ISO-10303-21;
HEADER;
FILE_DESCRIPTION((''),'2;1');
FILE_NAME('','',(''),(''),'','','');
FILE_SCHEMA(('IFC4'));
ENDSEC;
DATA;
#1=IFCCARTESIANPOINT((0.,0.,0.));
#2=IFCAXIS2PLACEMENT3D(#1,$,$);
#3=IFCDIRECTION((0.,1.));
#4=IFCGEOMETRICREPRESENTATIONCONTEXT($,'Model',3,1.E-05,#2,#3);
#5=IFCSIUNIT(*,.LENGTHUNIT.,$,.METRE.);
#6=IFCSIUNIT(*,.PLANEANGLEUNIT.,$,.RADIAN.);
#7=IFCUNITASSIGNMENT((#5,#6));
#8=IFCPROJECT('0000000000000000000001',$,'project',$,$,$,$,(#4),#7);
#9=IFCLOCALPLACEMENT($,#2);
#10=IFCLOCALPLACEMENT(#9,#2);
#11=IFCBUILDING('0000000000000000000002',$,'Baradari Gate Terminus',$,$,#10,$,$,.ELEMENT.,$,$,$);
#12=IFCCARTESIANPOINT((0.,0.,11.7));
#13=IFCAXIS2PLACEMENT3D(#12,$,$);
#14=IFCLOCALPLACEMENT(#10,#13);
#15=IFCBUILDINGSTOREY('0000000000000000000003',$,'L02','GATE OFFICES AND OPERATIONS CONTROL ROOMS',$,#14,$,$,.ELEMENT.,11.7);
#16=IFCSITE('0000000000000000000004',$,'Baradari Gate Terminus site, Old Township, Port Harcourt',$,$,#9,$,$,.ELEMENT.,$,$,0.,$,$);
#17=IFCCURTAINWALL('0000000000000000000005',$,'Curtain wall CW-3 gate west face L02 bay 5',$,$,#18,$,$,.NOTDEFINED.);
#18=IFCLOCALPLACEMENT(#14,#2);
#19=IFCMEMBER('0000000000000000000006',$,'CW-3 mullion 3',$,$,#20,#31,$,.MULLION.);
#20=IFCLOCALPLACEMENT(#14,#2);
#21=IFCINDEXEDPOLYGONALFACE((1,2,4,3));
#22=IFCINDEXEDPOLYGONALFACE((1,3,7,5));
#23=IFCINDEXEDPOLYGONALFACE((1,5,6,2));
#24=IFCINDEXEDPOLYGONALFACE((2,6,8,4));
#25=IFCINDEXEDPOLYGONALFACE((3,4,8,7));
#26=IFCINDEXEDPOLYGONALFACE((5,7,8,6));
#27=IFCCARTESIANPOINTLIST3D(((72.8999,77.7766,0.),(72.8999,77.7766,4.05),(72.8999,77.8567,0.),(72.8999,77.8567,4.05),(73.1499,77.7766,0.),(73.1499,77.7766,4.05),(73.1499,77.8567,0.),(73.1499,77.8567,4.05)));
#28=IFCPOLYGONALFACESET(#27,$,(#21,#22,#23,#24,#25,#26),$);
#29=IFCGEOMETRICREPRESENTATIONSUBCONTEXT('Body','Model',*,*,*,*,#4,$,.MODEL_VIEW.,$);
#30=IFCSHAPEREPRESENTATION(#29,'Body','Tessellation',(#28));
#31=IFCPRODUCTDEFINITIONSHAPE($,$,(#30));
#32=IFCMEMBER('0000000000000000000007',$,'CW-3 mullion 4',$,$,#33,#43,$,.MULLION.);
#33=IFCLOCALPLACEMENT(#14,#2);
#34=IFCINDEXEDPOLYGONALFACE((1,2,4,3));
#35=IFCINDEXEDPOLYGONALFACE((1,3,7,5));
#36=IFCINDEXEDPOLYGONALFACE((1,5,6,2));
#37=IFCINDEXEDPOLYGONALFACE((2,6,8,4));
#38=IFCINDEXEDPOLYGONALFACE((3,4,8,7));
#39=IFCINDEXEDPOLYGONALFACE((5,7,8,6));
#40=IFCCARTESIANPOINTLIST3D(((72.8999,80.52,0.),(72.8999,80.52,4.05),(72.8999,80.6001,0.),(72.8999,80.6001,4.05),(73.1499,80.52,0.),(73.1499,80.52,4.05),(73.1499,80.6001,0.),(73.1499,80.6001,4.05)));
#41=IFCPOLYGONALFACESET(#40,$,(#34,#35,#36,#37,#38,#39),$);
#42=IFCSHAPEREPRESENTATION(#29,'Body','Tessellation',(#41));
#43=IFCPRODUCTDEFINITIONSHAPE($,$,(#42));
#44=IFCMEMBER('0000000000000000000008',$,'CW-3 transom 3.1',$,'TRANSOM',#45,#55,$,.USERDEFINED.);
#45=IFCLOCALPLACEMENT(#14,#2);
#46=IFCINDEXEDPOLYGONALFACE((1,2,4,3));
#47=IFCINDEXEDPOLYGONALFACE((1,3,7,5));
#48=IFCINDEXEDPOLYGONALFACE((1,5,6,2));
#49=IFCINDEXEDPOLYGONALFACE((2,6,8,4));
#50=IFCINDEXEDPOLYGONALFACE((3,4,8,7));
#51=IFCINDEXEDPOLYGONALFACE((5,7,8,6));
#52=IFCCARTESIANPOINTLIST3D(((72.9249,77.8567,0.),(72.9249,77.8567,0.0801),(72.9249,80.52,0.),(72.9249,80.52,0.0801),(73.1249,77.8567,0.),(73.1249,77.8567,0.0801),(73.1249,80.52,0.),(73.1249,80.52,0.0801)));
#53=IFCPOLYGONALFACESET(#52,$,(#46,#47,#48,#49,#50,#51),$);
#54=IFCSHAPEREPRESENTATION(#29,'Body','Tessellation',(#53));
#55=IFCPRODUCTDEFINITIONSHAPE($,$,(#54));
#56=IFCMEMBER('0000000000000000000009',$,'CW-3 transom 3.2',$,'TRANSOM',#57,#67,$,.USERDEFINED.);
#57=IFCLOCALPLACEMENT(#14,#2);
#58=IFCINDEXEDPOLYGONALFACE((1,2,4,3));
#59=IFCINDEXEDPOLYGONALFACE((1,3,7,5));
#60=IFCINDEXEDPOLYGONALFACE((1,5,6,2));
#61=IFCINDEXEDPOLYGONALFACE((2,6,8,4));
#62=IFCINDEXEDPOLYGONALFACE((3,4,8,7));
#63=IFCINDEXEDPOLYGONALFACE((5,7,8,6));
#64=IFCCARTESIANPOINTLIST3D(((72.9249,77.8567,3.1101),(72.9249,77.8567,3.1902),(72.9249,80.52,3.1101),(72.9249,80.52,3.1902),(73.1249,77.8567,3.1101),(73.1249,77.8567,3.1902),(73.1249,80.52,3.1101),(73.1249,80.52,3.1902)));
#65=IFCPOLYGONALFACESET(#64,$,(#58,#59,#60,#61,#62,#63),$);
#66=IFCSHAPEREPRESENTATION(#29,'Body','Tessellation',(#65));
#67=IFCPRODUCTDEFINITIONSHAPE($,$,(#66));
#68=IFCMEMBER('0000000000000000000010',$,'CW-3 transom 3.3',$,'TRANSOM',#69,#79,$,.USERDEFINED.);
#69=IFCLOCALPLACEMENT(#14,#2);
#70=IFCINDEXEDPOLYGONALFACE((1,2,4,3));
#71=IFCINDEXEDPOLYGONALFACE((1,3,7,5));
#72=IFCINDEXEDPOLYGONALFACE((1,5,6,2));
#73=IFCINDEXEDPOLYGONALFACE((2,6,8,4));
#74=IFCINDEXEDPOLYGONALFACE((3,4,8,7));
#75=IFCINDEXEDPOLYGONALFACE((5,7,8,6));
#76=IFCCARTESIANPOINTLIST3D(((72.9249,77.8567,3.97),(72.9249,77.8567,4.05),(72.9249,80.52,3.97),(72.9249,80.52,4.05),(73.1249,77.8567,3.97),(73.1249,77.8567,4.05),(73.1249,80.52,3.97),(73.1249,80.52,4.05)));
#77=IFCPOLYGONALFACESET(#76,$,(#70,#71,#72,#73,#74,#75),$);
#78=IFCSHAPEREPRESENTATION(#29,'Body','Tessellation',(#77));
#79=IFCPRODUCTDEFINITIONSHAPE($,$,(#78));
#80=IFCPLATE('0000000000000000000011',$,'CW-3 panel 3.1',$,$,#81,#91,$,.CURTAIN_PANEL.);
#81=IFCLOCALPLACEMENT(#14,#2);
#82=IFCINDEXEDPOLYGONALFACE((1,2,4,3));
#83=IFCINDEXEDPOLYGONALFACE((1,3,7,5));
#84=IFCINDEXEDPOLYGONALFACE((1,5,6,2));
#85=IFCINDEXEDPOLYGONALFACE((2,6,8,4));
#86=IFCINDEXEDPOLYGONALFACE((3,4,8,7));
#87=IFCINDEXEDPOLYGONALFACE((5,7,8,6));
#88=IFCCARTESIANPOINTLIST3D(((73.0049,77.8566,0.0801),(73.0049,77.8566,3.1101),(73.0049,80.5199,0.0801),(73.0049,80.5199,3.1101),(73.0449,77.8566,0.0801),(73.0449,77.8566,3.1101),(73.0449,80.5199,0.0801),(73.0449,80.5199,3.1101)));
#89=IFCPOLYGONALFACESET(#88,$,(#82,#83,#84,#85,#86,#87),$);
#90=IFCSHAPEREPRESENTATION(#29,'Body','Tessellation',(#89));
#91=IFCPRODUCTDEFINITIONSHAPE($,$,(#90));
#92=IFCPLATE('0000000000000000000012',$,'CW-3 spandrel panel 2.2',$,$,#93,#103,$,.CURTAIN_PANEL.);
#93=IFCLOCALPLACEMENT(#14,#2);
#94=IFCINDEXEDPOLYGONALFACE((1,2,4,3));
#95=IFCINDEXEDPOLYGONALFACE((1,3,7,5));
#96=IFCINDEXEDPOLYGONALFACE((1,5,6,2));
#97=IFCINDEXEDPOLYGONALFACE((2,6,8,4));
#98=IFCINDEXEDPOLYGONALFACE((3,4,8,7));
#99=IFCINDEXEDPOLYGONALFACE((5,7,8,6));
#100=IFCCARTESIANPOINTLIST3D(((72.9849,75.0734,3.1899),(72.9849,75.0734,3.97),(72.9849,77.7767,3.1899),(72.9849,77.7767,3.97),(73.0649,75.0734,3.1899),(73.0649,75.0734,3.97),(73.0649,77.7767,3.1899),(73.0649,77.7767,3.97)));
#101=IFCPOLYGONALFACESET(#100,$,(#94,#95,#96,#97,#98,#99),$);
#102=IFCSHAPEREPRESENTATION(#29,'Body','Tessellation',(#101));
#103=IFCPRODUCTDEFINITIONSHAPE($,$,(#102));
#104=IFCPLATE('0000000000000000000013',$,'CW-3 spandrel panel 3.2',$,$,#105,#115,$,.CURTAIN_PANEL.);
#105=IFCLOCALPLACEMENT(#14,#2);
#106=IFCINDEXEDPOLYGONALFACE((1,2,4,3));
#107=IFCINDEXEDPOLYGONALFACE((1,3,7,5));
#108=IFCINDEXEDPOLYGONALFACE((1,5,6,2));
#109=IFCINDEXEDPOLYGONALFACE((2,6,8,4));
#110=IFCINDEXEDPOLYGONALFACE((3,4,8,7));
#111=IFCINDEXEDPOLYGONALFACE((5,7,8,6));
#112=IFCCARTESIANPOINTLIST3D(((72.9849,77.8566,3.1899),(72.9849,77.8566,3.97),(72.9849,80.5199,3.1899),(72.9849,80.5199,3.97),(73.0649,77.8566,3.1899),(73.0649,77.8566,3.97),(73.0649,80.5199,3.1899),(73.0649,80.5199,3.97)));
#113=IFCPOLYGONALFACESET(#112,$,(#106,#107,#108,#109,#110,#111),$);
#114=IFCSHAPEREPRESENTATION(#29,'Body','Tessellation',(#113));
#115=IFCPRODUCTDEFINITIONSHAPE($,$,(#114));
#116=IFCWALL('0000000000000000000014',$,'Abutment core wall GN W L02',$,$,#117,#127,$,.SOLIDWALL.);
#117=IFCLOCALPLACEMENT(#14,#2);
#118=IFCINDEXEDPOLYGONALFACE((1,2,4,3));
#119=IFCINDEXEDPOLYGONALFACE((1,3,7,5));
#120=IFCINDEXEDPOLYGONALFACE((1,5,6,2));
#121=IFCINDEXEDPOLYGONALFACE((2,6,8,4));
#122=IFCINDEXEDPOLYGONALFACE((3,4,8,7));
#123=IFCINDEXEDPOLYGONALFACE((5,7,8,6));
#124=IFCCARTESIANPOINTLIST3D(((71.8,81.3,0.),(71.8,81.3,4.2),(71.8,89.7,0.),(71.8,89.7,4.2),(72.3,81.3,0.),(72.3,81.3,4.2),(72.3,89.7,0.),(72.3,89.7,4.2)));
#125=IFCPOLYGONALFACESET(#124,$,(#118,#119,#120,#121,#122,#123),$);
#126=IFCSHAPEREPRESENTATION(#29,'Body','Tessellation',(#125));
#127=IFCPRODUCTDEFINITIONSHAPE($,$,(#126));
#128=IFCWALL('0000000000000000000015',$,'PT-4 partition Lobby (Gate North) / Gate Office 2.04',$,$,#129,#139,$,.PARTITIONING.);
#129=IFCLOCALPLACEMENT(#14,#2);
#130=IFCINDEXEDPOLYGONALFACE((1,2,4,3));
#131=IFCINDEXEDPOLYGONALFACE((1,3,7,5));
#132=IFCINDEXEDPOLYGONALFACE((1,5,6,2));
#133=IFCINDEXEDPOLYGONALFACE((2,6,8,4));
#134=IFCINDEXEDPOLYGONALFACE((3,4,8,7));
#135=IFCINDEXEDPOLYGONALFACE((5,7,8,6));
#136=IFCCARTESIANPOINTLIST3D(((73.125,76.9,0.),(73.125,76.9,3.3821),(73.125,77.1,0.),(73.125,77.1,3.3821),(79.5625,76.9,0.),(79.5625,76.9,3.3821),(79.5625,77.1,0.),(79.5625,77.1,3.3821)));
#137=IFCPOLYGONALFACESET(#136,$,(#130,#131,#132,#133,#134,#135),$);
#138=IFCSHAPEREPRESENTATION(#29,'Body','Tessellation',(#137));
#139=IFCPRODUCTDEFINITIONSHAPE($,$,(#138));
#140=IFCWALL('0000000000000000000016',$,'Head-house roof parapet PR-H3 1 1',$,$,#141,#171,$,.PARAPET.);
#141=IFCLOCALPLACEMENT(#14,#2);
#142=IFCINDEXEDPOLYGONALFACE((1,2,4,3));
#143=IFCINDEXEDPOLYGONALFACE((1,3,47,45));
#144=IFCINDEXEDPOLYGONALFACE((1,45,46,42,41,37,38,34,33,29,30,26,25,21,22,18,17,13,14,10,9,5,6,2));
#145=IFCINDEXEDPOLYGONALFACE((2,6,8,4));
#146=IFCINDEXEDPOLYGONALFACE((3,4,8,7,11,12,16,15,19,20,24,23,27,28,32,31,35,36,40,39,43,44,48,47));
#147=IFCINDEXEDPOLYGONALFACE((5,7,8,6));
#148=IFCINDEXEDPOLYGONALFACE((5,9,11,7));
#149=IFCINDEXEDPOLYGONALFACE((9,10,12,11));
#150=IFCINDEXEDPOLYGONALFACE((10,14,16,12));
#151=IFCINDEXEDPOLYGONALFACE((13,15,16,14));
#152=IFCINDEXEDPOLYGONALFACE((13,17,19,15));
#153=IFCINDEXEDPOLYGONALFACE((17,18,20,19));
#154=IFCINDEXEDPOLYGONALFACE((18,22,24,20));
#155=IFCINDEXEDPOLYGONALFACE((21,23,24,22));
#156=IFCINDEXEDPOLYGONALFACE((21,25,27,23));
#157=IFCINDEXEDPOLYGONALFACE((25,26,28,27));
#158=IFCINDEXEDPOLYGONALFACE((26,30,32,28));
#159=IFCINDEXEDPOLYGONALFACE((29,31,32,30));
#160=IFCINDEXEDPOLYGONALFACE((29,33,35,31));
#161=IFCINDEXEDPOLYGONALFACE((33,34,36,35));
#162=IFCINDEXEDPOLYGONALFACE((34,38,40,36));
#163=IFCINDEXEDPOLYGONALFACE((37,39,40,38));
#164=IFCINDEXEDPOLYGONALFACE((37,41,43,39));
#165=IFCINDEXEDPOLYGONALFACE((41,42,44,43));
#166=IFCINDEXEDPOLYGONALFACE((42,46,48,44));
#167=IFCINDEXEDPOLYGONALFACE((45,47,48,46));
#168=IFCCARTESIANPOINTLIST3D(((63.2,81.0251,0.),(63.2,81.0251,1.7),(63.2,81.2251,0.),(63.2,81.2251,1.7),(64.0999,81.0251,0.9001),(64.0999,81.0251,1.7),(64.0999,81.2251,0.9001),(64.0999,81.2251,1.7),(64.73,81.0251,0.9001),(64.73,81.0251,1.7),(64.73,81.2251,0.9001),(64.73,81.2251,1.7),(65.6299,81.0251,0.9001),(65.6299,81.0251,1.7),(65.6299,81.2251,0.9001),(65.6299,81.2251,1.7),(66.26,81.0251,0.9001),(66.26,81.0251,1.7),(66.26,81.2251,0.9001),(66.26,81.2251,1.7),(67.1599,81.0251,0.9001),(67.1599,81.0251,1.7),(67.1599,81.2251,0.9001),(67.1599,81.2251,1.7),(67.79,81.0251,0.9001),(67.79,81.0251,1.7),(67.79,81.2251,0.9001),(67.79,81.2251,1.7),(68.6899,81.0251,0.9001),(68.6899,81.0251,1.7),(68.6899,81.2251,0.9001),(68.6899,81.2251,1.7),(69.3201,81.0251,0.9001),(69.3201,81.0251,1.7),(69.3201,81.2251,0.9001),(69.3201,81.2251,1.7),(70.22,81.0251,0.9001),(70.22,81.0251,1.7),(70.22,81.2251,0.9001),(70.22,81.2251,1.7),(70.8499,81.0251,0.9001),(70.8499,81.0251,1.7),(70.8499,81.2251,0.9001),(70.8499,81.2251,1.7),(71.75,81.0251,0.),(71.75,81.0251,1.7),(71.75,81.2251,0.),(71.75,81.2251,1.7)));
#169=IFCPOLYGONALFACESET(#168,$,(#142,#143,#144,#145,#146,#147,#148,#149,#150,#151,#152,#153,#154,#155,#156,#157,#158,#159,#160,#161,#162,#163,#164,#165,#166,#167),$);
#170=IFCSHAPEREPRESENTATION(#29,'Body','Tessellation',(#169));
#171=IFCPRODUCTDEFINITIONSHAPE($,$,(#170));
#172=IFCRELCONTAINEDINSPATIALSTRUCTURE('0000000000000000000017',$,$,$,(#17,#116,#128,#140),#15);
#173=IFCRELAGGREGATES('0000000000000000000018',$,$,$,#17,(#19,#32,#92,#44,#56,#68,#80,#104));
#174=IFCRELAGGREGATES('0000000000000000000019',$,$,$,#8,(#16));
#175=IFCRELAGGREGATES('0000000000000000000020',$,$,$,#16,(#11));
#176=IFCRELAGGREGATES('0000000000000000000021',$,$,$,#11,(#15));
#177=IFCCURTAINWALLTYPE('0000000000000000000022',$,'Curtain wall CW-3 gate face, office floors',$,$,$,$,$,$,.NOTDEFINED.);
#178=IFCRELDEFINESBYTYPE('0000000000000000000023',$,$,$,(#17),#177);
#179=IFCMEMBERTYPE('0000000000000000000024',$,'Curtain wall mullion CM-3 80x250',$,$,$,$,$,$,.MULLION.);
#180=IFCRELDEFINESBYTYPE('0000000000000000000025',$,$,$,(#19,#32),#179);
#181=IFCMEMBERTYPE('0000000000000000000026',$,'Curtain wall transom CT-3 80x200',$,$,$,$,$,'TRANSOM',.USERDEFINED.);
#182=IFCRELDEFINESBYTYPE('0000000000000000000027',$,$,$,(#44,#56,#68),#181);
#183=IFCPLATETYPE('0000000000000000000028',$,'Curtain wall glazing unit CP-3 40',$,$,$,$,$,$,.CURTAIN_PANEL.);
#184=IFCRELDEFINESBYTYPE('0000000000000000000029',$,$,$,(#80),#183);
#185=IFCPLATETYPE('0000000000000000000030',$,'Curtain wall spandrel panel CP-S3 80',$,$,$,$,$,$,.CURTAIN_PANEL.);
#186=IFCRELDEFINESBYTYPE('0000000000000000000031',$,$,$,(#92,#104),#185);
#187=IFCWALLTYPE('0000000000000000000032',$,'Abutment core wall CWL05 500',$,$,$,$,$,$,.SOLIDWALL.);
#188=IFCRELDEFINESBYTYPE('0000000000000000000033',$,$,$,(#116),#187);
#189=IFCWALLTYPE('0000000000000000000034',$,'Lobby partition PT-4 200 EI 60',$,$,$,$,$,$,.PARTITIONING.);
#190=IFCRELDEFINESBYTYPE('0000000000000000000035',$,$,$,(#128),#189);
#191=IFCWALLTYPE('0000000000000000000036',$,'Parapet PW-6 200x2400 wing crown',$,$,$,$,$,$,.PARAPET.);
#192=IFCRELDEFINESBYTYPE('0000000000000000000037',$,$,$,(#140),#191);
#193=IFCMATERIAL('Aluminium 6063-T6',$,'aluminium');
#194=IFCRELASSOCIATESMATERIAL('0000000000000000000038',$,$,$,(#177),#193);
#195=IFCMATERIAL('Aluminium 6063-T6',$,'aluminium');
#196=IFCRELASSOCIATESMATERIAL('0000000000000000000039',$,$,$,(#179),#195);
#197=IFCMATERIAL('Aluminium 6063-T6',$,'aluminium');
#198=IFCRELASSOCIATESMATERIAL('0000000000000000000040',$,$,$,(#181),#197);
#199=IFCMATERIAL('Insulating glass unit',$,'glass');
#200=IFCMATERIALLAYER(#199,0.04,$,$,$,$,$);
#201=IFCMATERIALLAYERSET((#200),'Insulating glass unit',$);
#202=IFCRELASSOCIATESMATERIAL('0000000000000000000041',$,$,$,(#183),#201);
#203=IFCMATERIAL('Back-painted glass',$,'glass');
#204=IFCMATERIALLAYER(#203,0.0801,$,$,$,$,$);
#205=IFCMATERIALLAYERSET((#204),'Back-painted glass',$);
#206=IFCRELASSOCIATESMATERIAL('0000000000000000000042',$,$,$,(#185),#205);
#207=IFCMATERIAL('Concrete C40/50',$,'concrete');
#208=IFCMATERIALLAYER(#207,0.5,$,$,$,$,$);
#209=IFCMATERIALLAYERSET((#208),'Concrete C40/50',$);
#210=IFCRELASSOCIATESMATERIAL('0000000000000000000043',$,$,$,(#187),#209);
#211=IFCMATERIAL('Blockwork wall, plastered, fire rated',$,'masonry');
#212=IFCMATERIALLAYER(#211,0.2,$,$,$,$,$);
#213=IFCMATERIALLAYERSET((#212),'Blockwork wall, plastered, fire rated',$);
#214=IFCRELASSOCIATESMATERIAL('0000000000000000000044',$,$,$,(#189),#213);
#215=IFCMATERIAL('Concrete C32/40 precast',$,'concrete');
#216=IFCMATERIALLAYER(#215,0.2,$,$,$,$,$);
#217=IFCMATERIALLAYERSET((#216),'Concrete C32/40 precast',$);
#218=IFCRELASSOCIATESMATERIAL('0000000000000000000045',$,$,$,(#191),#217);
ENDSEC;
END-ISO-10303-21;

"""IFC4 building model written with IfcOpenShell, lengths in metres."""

from ifc_helpers import new_model, si_unit, direction, frame, frame_2d, origin, origin_2d, place, context, subcontext, project, spatial, polyline, rectangle, outline, extrude, material, layer, layer_set, material_profile, profile_set, type_object, element, aggregate, save


model = new_model("IFC4")

# Units and contexts
model_context = context("Model", 3, precision=1e-05, world=origin(), true_north=direction((0.0, 1.0)))
body_context = subcontext(model_context, "Body", "Model", "MODEL_VIEW")
ifc_project = project(units=[si_unit("LENGTHUNIT", "METRE"), si_unit("PLANEANGLEUNIT", "RADIAN")], contexts=[model_context])

# Site, building, storey
site_placement = place(None, origin())
site = spatial("IfcSite", under=ifc_project, at=site_placement, Name="Baradari Gate Terminus site, Old Township, Port Harcourt", CompositionType="ELEMENT", RefElevation=0.0)
building_placement = place(site_placement, origin())
building = spatial("IfcBuilding", under=site, at=building_placement, Name="Baradari Gate Terminus", CompositionType="ELEMENT")
storey_placement = place(building_placement, frame((0.0, 0.0, 11.7)))
storey = spatial("IfcBuildingStorey", under=building, at=storey_placement, Name="L02", Description="GATE OFFICES AND OPERATIONS CONTROL ROOMS", CompositionType="ELEMENT", Elevation=11.7)

# Curtain wall, members, plates
ifc_material_1 = material(Name="Aluminium 6063-T6", Category="aluminium")
curtain_wall_type = type_object("IfcCurtainWallType", Name="Curtain wall CW-3 gate face, office floors", PredefinedType="NOTDEFINED", material=ifc_material_1)
curtain_wall_placement = place(storey_placement, origin())
curtain_wall = element("IfcCurtainWall", 1, at=curtain_wall_placement, inside=storey, type_object=curtain_wall_type, Name="Curtain wall CW-3 gate west face L02 bay 5", PredefinedType="NOTDEFINED")
ifc_material_2 = material(Name="Aluminium 6063-T6", Category="aluminium")
ifc_material_profile_1 = material_profile(ifc_material_2, rectangle(XDim=0.25, YDim=0.0801, at=origin_2d()), Name="CM-3 80X250")
ifc_profile_set_1 = profile_set([ifc_material_profile_1], Name="Aluminium 6063-T6")
member_type_1 = type_object("IfcMemberType", Name="Curtain wall mullion CM-3 80x250", PredefinedType="MULLION", material=ifc_profile_set_1)
member_1_placement = place(storey_placement, frame((73.0249, 77.8167, 0.0), z_axis=(0.0, 0.0, 1.0), x_axis=(-1.0, 0.0, 0.0)))
member_1 = element("IfcMember", 2, at=member_1_placement, type_object=member_type_1, Name="CW-3 mullion 3", PredefinedType="MULLION", context=body_context, shape_type="SweptSolid", body=[
    extrude(rectangle(XDim=0.25, YDim=0.0801, at=origin_2d()), origin(), (0.0, 0.0, 1.0), 4.05),
])
member_2_placement = place(storey_placement, frame((73.0249, 80.5601, 0.0), z_axis=(0.0, 0.0, 1.0), x_axis=(-1.0, 0.0, 0.0)))
member_2 = element("IfcMember", 3, at=member_2_placement, type_object=member_type_1, Name="CW-3 mullion 4", PredefinedType="MULLION", context=body_context, shape_type="SweptSolid", body=[
    extrude(rectangle(XDim=0.25, YDim=0.0801, at=origin_2d()), origin(), (0.0, 0.0, 1.0), 4.05),
])
ifc_material_3 = material(Name="Aluminium 6063-T6", Category="aluminium")
ifc_material_profile_2 = material_profile(ifc_material_3, rectangle(XDim=0.2, YDim=0.0801, at=origin_2d()), Name="CT-3 80X200")
ifc_profile_set_2 = profile_set([ifc_material_profile_2], Name="Aluminium 6063-T6")
member_type_2 = type_object("IfcMemberType", Name="Curtain wall transom CT-3 80x200", ElementType="TRANSOM", PredefinedType="USERDEFINED", material=ifc_profile_set_2)
member_3_placement = place(storey_placement, frame((73.0249, 77.8567, 0.04), z_axis=(0.0, 1.0, 0.0), x_axis=(-1.0, 0.0, 0.0)))
member_3 = element("IfcMember", 4, at=member_3_placement, type_object=member_type_2, Name="CW-3 transom 3.1", ObjectType="TRANSOM", PredefinedType="USERDEFINED", context=body_context, shape_type="SweptSolid", body=[
    extrude(rectangle(XDim=0.2, YDim=0.0801, at=origin_2d()), origin(), (0.0, 0.0, 1.0), 2.6633),
])
member_4_placement = place(storey_placement, frame((73.0249, 77.8567, 3.1501), z_axis=(0.0, 1.0, 0.0), x_axis=(-1.0, 0.0, 0.0)))
member_4 = element("IfcMember", 5, at=member_4_placement, type_object=member_type_2, Name="CW-3 transom 3.2", ObjectType="TRANSOM", PredefinedType="USERDEFINED", context=body_context, shape_type="SweptSolid", body=[
    extrude(rectangle(XDim=0.2, YDim=0.0801, at=origin_2d()), origin(), (0.0, 0.0, 1.0), 2.6633),
])
member_5_placement = place(storey_placement, frame((73.0249, 77.8567, 4.01), z_axis=(0.0, 1.0, 0.0), x_axis=(-1.0, 0.0, 0.0)))
member_5 = element("IfcMember", 6, at=member_5_placement, type_object=member_type_2, Name="CW-3 transom 3.3", ObjectType="TRANSOM", PredefinedType="USERDEFINED", context=body_context, shape_type="SweptSolid", body=[
    extrude(rectangle(XDim=0.2, YDim=0.0801, at=origin_2d()), origin(), (0.0, 0.0, 1.0), 2.6633),
])
ifc_material_4 = material(Name="Insulating glass unit", Category="glass")
ifc_layer_1 = layer(ifc_material_4, 0.04)
ifc_layer_set_1 = layer_set([ifc_layer_1], Name="Insulating glass unit")
plate_type_1 = type_object("IfcPlateType", Name="Curtain wall glazing unit CP-3 40", PredefinedType="CURTAIN_PANEL", material=ifc_layer_set_1)
plate_1_placement = place(storey_placement, frame((73.0249, 79.1882, 0.0801), z_axis=(0.0, 0.0, 1.0), x_axis=(0.0, 1.0, 0.0)))
plate_1 = element("IfcPlate", 7, at=plate_1_placement, type_object=plate_type_1, Name="CW-3 panel 3.1", PredefinedType="CURTAIN_PANEL", context=body_context, shape_type="SweptSolid", body=[
    extrude(rectangle(XDim=2.6633, YDim=0.04, at=origin_2d()), origin(), (0.0, 0.0, 1.0), 3.03),
])
ifc_material_5 = material(Name="Back-painted glass", Category="glass")
ifc_layer_2 = layer(ifc_material_5, 0.0801)
ifc_layer_set_2 = layer_set([ifc_layer_2], Name="Back-painted glass")
plate_type_2 = type_object("IfcPlateType", Name="Curtain wall spandrel panel CP-S3 80", PredefinedType="CURTAIN_PANEL", material=ifc_layer_set_2)
plate_2_placement = place(storey_placement, frame((73.0249, 76.425, 3.1899), z_axis=(0.0, 0.0, 1.0), x_axis=(0.0, 1.0, 0.0)))
plate_2 = element("IfcPlate", 8, at=plate_2_placement, type_object=plate_type_2, Name="CW-3 spandrel panel 2.2", PredefinedType="CURTAIN_PANEL", context=body_context, shape_type="SweptSolid", body=[
    extrude(rectangle(XDim=2.7034, YDim=0.0801, at=origin_2d()), origin(), (0.0, 0.0, 1.0), 0.78),
])
plate_3_placement = place(storey_placement, frame((73.0249, 79.1882, 3.1899), z_axis=(0.0, 0.0, 1.0), x_axis=(0.0, 1.0, 0.0)))
plate_3 = element("IfcPlate", 9, at=plate_3_placement, type_object=plate_type_2, Name="CW-3 spandrel panel 3.2", PredefinedType="CURTAIN_PANEL", context=body_context, shape_type="SweptSolid", body=[
    extrude(rectangle(XDim=2.6633, YDim=0.0801, at=origin_2d()), origin(), (0.0, 0.0, 1.0), 0.78),
])
aggregate(curtain_wall, [member_1, member_2, plate_2, member_3, member_4, member_5, plate_1, plate_3])

# Shared definitions
ifc_material_6 = material(Name="Concrete C40/50", Category="concrete")
ifc_layer_3 = layer(ifc_material_6, 0.5)
ifc_layer_set_3 = layer_set([ifc_layer_3], Name="Concrete C40/50")
wall_type_1 = type_object("IfcWallType", Name="Abutment core wall CWL05 500", PredefinedType="SOLIDWALL", material=ifc_layer_set_3)

# Walls
wall_1_placement = place(storey_placement, frame((72.05, 81.3, 0.0), z_axis=(0.0, 0.0, 1.0), x_axis=(0.0, 1.0, 0.0)))
element("IfcWall", 10, at=wall_1_placement, inside=storey, type_object=wall_type_1, Name="Abutment core wall GN W L02", PredefinedType="SOLIDWALL", context=body_context, shape_type="SweptSolid", body=[
    extrude(rectangle(XDim=8.3999, YDim=0.5, at=frame_2d((4.2, 0.0))), origin(), (0.0, 0.0, 1.0), 4.2),
])
ifc_material_7 = material(Name="Blockwork wall, plastered, fire rated", Category="masonry")
ifc_layer_4 = layer(ifc_material_7, 0.2)
ifc_layer_set_4 = layer_set([ifc_layer_4], Name="Blockwork wall, plastered, fire rated")
wall_type_2 = type_object("IfcWallType", Name="Lobby partition PT-4 200 EI 60", PredefinedType="PARTITIONING", material=ifc_layer_set_4)
wall_2_placement = place(storey_placement, frame((79.5625, 77.0, 0.0), z_axis=(0.0, 0.0, 1.0), x_axis=(-1.0, 0.0, 0.0)))
element("IfcWall", 11, at=wall_2_placement, inside=storey, type_object=wall_type_2, Name="PT-4 partition Lobby (Gate North) / Gate Office 2.04", PredefinedType="PARTITIONING", context=body_context, shape_type="SweptSolid", body=[
    extrude(rectangle(XDim=6.4375, YDim=0.2, at=frame_2d((3.2188, 0.0))), origin(), (0.0, 0.0, 1.0), 3.3821),
])
ifc_material_8 = material(Name="Concrete C32/40 precast", Category="concrete")
ifc_layer_5 = layer(ifc_material_8, 0.2)
ifc_layer_set_5 = layer_set([ifc_layer_5], Name="Concrete C32/40 precast")
wall_type_3 = type_object("IfcWallType", Name="Parapet PW-6 200x2400 wing crown", PredefinedType="PARAPET", material=ifc_layer_set_5)
wall_3_placement = place(storey_placement, frame((63.2, 81.125, 0.0), z_axis=(0.0, 0.0, 1.0), x_axis=(1.0, 0.0, 0.0)))
element("IfcWall", 12, at=wall_3_placement, inside=storey, type_object=wall_type_3, Name="Head-house roof parapet PR-H3 1 1", PredefinedType="PARAPET", context=body_context, shape_type="SweptSolid", body=[
    extrude(outline(polyline([(0.0, 0.0), (8.55, 0.0), (8.55, 1.7), (7.6499, 1.7), (7.6499, 0.9001), (7.02, 0.9001), (7.02, 1.7), (6.1201, 1.7), (6.1201, 0.9001), (5.49, 0.9001), (5.49, 1.7), (4.5901, 1.7), (4.5901, 0.9001), (3.96, 0.9001), (3.96, 1.7), (3.0601, 1.7), (3.0601, 0.9001), (2.4299, 0.9001), (2.4299, 1.7), (1.53, 1.7), (1.53, 0.9001), (0.8999, 0.9001), (0.8999, 1.7), (0.0, 1.7), (0.0, 0.0)])), frame((0.0, 0.1001, 0.0), z_axis=(0.0, -1.0, 0.0), x_axis=(1.0, 0.0, 0.0)), (0.0, 0.0, 1.0), 0.2),
])

save(model, "model.ifc")
